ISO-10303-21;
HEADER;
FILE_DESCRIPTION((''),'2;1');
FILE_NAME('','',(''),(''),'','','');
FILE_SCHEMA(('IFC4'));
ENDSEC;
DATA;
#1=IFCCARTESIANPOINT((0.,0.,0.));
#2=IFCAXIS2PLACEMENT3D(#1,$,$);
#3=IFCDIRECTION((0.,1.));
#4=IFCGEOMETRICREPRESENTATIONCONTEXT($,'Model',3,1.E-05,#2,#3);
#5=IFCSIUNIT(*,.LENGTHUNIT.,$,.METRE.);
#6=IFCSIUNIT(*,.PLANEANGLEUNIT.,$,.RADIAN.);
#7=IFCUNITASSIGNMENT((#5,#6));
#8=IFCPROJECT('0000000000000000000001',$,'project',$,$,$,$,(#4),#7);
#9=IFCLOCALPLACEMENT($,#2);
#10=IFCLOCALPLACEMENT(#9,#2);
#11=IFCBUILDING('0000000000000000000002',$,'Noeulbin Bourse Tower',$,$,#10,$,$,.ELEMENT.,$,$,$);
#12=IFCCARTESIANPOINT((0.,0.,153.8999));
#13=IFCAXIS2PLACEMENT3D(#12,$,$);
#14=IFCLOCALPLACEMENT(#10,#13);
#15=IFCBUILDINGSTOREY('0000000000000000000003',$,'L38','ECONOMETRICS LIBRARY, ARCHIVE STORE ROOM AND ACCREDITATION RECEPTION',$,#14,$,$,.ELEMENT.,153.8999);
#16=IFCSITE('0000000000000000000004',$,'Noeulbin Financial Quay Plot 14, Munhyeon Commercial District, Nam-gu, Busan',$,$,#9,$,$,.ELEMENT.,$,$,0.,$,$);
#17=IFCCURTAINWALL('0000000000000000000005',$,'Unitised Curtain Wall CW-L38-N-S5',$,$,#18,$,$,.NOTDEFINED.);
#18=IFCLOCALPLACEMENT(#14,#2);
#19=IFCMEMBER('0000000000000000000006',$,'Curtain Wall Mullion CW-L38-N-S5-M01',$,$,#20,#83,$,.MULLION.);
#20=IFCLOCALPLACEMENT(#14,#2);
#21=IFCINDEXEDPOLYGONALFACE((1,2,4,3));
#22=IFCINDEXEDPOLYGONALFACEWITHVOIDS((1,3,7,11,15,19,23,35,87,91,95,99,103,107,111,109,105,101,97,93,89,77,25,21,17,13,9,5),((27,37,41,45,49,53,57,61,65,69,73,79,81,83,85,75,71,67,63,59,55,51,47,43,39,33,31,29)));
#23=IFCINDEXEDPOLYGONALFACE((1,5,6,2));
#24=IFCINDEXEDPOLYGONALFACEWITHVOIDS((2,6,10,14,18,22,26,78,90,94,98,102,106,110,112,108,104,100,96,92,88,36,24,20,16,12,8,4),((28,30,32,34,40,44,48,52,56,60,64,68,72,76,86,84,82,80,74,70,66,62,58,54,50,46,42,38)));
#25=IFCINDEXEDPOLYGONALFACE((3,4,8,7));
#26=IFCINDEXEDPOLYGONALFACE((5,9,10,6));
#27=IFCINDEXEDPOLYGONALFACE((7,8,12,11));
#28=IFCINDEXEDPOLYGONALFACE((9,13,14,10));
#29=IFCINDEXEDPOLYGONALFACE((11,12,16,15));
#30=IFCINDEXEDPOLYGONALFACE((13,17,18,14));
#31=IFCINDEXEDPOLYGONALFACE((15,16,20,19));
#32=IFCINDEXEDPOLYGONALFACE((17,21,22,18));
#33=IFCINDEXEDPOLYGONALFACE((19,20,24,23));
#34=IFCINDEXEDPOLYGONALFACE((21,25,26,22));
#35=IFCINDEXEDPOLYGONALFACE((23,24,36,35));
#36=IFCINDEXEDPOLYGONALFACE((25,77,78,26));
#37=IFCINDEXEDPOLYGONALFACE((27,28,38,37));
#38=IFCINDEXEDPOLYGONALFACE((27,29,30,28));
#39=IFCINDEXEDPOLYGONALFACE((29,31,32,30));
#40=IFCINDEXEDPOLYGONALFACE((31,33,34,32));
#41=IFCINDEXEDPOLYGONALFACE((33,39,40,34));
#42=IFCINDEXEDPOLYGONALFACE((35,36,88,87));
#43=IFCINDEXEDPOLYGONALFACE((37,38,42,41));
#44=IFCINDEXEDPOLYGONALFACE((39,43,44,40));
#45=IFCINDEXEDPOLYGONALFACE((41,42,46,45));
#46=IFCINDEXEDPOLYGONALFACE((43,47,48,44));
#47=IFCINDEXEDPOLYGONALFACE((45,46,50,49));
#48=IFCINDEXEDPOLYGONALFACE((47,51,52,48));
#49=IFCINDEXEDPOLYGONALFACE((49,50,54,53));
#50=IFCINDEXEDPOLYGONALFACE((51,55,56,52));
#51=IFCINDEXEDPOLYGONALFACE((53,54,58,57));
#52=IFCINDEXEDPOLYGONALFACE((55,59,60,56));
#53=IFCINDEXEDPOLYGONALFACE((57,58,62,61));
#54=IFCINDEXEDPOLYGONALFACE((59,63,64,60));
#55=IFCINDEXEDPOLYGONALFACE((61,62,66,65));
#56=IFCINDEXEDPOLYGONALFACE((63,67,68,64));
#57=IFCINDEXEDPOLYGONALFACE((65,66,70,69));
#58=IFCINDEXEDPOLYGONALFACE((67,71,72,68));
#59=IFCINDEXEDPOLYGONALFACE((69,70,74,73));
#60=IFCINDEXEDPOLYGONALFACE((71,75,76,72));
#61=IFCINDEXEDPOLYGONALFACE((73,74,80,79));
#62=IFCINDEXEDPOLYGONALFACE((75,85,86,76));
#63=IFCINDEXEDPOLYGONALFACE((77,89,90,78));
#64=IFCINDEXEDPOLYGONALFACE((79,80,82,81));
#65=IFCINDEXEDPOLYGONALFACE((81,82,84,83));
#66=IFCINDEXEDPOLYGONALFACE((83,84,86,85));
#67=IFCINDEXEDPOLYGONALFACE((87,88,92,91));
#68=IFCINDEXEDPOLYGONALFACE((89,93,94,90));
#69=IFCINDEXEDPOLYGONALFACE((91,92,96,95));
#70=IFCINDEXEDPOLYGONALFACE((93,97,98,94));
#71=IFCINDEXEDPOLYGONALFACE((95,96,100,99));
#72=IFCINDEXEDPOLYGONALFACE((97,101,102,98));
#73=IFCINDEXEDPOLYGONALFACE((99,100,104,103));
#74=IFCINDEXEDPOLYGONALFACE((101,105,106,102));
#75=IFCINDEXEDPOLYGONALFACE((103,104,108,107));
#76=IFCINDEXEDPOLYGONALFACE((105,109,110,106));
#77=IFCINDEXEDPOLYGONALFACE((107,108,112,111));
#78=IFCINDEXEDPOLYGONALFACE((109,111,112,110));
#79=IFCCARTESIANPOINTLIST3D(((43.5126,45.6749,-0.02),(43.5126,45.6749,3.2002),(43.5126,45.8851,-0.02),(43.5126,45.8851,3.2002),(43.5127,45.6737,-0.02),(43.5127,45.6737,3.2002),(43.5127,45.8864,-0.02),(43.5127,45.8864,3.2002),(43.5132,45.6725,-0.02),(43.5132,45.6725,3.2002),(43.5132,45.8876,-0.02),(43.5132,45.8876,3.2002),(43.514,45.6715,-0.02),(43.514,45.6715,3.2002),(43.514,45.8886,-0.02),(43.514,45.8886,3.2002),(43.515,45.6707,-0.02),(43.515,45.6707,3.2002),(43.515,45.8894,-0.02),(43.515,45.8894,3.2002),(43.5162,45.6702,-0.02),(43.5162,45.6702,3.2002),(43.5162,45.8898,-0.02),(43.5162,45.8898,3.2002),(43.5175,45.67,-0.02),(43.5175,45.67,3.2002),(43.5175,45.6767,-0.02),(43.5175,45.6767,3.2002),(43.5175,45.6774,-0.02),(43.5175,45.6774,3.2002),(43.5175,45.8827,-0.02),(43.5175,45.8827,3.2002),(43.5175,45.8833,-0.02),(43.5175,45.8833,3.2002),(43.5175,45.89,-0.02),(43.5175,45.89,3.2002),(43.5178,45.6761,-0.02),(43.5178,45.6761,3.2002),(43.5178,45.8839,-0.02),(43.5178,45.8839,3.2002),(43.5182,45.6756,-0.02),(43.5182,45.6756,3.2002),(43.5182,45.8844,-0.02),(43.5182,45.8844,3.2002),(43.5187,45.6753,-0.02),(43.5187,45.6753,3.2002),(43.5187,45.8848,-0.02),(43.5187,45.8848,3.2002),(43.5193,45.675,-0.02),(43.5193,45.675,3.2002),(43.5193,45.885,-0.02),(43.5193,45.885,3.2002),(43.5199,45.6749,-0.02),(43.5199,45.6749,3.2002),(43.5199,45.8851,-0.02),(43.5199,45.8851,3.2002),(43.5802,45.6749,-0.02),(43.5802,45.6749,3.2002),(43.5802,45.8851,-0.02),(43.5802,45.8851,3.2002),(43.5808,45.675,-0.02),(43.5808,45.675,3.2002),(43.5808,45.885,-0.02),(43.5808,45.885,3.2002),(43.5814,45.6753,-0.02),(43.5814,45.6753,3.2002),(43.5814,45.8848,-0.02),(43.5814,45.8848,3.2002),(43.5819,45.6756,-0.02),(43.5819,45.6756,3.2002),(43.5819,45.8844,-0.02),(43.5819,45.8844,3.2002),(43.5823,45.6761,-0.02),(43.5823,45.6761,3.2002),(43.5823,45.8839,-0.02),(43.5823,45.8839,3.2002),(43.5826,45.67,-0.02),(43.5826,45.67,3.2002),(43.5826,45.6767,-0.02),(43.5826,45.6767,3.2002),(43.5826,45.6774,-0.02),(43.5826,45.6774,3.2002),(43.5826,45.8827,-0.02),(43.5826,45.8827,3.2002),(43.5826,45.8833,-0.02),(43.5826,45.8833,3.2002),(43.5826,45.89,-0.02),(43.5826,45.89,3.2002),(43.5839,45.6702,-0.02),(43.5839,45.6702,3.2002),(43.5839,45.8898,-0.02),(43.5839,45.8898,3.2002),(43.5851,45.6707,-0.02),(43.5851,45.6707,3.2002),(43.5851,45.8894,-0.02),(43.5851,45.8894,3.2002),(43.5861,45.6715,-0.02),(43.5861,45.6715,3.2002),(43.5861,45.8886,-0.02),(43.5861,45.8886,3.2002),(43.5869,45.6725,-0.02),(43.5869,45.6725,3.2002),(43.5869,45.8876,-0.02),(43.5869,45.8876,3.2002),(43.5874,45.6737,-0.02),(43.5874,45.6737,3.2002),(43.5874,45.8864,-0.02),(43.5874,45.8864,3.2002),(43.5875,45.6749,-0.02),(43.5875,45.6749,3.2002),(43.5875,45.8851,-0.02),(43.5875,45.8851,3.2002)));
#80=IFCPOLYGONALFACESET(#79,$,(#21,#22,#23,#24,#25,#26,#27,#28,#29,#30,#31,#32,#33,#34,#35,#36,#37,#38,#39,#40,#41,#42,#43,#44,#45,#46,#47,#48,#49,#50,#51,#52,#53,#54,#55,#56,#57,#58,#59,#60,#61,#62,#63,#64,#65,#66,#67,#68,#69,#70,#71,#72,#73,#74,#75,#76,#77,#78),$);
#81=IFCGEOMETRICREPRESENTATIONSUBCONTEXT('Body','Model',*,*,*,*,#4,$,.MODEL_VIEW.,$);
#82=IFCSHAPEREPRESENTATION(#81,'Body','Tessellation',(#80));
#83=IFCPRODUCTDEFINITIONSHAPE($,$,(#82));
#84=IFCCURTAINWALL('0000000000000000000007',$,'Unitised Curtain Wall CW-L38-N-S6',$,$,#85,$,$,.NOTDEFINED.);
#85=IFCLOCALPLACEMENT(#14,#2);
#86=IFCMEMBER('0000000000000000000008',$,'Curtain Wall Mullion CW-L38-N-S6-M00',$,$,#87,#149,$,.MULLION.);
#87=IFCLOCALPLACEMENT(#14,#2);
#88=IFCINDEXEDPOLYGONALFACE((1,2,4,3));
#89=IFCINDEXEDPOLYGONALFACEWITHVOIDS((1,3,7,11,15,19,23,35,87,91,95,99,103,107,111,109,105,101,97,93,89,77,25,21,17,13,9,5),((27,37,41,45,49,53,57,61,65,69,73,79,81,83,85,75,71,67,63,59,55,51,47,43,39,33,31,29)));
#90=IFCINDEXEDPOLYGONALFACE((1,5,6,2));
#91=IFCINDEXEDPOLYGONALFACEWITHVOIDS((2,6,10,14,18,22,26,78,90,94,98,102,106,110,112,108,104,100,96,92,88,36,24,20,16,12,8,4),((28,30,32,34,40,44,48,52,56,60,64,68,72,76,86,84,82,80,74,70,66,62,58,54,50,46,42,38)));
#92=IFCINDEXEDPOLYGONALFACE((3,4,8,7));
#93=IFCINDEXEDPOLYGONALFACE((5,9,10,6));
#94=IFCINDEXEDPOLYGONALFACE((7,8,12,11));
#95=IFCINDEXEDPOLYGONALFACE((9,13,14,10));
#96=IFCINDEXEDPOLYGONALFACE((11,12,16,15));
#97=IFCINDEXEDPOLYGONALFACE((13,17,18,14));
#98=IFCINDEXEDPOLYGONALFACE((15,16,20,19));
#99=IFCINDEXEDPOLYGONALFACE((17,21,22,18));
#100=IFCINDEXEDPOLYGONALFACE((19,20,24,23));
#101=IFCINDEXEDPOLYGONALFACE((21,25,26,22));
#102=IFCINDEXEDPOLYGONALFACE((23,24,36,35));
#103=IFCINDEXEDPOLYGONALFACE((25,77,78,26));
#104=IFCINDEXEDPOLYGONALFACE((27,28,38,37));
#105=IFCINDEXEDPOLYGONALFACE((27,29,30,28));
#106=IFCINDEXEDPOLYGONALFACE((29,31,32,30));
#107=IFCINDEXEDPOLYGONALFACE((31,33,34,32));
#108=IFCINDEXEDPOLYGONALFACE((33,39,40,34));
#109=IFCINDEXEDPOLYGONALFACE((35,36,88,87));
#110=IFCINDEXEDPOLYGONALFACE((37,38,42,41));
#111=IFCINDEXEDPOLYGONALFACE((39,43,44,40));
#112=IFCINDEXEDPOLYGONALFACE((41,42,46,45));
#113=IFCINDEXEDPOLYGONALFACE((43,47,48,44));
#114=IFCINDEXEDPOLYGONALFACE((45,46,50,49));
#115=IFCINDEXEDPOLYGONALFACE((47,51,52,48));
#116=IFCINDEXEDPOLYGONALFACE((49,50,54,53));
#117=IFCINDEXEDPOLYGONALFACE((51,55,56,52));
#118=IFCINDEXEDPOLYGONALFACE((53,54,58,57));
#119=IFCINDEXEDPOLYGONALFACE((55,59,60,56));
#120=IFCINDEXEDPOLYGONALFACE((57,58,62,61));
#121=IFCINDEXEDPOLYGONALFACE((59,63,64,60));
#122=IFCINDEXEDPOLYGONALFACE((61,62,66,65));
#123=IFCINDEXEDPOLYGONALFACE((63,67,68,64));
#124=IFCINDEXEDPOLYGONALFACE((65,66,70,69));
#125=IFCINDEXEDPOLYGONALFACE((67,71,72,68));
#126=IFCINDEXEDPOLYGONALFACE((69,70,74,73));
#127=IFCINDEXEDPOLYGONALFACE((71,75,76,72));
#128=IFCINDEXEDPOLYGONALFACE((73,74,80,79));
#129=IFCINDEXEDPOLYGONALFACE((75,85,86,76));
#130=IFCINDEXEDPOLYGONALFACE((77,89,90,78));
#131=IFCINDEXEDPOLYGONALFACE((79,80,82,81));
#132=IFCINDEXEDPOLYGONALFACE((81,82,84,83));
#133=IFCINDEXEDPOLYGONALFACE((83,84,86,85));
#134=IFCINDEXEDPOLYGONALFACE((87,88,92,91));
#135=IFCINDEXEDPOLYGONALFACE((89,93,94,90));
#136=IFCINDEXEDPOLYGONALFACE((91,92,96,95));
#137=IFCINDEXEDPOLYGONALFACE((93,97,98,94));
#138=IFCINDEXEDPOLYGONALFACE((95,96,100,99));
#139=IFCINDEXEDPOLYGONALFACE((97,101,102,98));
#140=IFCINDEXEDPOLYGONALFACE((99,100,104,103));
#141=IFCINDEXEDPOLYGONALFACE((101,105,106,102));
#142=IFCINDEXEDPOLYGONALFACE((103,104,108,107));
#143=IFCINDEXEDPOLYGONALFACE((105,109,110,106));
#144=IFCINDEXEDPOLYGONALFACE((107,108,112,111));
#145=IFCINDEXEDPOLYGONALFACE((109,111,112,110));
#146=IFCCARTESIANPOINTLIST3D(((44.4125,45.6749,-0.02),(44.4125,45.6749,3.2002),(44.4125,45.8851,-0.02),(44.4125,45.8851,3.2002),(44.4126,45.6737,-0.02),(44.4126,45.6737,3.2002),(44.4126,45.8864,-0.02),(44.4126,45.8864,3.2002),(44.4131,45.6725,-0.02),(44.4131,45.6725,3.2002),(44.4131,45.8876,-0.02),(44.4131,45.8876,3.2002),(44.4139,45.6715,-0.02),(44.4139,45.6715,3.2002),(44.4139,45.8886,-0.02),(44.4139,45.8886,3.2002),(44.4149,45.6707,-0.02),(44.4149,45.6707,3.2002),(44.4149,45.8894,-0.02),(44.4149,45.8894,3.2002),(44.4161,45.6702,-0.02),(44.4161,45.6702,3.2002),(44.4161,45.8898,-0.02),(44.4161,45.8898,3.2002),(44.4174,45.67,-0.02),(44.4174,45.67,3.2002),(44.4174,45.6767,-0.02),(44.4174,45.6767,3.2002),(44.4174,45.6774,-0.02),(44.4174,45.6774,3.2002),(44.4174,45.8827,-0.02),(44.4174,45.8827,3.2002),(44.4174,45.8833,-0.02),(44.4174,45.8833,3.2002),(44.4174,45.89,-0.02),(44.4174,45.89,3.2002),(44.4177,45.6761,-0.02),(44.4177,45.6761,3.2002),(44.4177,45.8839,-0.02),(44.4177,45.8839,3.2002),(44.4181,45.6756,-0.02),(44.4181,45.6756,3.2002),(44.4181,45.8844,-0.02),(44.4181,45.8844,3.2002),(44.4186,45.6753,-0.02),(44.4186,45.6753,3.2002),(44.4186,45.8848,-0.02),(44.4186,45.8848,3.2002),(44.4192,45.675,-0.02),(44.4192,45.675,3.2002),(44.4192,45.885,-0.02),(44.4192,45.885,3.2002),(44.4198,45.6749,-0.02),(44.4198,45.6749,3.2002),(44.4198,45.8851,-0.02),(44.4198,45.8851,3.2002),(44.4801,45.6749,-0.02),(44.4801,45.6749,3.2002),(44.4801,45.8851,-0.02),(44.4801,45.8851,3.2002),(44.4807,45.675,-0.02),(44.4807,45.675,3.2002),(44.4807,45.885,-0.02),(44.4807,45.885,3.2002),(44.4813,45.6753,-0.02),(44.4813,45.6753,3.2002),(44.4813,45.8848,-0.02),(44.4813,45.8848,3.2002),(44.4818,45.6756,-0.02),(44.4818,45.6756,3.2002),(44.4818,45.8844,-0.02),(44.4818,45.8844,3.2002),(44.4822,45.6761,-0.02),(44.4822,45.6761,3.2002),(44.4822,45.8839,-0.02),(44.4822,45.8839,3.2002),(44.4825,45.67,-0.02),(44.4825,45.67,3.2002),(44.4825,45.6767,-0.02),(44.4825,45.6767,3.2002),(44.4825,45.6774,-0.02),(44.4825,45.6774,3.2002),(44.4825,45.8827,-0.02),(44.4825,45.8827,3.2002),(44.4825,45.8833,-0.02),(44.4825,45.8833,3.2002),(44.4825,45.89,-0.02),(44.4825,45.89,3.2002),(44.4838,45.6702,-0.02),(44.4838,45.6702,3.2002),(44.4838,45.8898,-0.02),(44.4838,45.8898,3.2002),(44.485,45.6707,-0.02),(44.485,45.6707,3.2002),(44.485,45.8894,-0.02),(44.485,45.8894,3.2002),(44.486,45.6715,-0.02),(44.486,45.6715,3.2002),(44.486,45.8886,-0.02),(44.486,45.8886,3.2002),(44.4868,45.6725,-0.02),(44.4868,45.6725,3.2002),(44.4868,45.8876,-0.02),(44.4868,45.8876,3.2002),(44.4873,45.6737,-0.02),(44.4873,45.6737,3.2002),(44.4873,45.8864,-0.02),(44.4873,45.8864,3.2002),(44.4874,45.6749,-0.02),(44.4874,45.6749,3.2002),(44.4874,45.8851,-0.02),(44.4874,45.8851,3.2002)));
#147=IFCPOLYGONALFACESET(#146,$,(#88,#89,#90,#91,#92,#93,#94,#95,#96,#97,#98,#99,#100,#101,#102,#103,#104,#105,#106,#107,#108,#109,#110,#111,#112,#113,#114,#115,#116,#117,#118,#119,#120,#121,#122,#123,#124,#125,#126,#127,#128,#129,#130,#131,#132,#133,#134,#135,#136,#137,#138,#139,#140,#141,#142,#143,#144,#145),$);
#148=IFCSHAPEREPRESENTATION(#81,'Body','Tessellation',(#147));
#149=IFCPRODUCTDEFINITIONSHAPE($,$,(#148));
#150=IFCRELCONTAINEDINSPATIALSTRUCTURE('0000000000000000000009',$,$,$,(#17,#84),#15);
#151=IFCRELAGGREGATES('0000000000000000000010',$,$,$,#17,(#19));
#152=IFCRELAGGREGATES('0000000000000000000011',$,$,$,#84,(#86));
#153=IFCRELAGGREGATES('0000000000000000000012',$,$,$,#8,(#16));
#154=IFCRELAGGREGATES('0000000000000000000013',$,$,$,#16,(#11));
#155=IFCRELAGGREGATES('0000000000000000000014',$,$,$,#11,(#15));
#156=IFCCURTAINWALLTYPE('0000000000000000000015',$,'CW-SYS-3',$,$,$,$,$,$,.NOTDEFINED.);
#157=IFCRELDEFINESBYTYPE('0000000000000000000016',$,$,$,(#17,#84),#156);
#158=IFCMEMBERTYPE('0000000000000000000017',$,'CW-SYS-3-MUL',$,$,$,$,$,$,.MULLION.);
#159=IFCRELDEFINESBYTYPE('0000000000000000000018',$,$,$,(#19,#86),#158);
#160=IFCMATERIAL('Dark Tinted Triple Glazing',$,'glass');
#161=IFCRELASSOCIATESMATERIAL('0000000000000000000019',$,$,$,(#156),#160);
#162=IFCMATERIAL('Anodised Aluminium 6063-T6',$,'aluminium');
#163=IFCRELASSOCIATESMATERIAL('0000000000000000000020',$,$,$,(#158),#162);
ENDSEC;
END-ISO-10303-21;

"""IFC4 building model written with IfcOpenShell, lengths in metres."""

from ifc_helpers import new_model, si_unit, direction, frame, origin, origin_2d, place, context, subcontext, project, spatial, hollow_rectangle, extrude, material, material_profile, profile_set, type_object, element, aggregate, save


model = new_model("IFC4")

# Units and contexts
model_context = context("Model", 3, precision=1e-05, world=origin(), true_north=direction((0.0, 1.0)))
body_context = subcontext(model_context, "Body", "Model", "MODEL_VIEW")
ifc_project = project(units=[si_unit("LENGTHUNIT", "METRE"), si_unit("PLANEANGLEUNIT", "RADIAN")], contexts=[model_context])

# Site, building, storey
site_placement = place(None, origin())
site = spatial("IfcSite", under=ifc_project, at=site_placement, Name="Noeulbin Financial Quay Plot 14, Munhyeon Commercial District, Nam-gu, Busan", CompositionType="ELEMENT", RefElevation=0.0)
building_placement = place(site_placement, origin())
building = spatial("IfcBuilding", under=site, at=building_placement, Name="Noeulbin Bourse Tower", CompositionType="ELEMENT")
storey_placement = place(building_placement, frame((0.0, 0.0, 153.8999)))
storey = spatial("IfcBuildingStorey", under=building, at=storey_placement, Name="L38", Description="ECONOMETRICS LIBRARY, ARCHIVE STORE ROOM AND ACCREDITATION RECEPTION", CompositionType="ELEMENT", Elevation=153.8999)

# Curtain wall, member
ifc_material_1 = material(Name="Dark Tinted Triple Glazing", Category="glass")
curtain_wall_type = type_object("IfcCurtainWallType", Name="CW-SYS-3", PredefinedType="NOTDEFINED", material=ifc_material_1)
curtain_wall_1_placement = place(storey_placement, origin())
curtain_wall_1 = element("IfcCurtainWall", 1, at=curtain_wall_1_placement, inside=storey, type_object=curtain_wall_type, Name="Unitised Curtain Wall CW-L38-N-S5", PredefinedType="NOTDEFINED")
ifc_material_2 = material(Name="Anodised Aluminium 6063-T6", Category="aluminium")
ifc_material_profile_1 = material_profile(ifc_material_2, hollow_rectangle(XDim=0.075, YDim=0.22, WallThickness=0.0049, InnerFilletRadius=0.0024, OuterFilletRadius=0.0049, at=origin_2d()), Name="ALU-MULL-75x220x5", Category="LoadBearing")
ifc_profile_set_1 = profile_set([ifc_material_profile_1], Name="Anodised Aluminium 6063-T6")
member_type_1 = type_object("IfcMemberType", Name="CW-SYS-3-MUL", PredefinedType="MULLION", material=ifc_profile_set_1)
member_1_placement = place(storey_placement, frame((43.55, 45.78, -0.02), z_axis=(0.0, 0.0, 1.0), x_axis=(1.0, 0.0, 0.0)))
member_1 = element("IfcMember", 2, at=member_1_placement, type_object=member_type_1, Name="Curtain Wall Mullion CW-L38-N-S5-M01", PredefinedType="MULLION", context=body_context, shape_type="SweptSolid", body=[
    extrude(hollow_rectangle(XDim=0.075, YDim=0.22, WallThickness=0.0049, InnerFilletRadius=0.0024, OuterFilletRadius=0.0049, at=origin_2d()), origin(), (0.0, 0.0, 1.0), 3.2202),
])

# Curtain wall, member
curtain_wall_2_placement = place(storey_placement, origin())
curtain_wall_2 = element("IfcCurtainWall", 3, at=curtain_wall_2_placement, inside=storey, type_object=curtain_wall_type, Name="Unitised Curtain Wall CW-L38-N-S6", PredefinedType="NOTDEFINED")
member_2_placement = place(storey_placement, frame((44.45, 45.78, -0.02), z_axis=(0.0, 0.0, 1.0), x_axis=(1.0, 0.0, 0.0)))
member_2 = element("IfcMember", 4, at=member_2_placement, type_object=member_type_1, Name="Curtain Wall Mullion CW-L38-N-S6-M00", PredefinedType="MULLION", context=body_context, shape_type="SweptSolid", body=[
    extrude(hollow_rectangle(XDim=0.075, YDim=0.22, WallThickness=0.0049, InnerFilletRadius=0.0024, OuterFilletRadius=0.0049, at=origin_2d()), origin(), (0.0, 0.0, 1.0), 3.2202),
])

aggregate(curtain_wall_1, [member_1])
aggregate(curtain_wall_2, [member_2])

save(model, "model.ifc")
